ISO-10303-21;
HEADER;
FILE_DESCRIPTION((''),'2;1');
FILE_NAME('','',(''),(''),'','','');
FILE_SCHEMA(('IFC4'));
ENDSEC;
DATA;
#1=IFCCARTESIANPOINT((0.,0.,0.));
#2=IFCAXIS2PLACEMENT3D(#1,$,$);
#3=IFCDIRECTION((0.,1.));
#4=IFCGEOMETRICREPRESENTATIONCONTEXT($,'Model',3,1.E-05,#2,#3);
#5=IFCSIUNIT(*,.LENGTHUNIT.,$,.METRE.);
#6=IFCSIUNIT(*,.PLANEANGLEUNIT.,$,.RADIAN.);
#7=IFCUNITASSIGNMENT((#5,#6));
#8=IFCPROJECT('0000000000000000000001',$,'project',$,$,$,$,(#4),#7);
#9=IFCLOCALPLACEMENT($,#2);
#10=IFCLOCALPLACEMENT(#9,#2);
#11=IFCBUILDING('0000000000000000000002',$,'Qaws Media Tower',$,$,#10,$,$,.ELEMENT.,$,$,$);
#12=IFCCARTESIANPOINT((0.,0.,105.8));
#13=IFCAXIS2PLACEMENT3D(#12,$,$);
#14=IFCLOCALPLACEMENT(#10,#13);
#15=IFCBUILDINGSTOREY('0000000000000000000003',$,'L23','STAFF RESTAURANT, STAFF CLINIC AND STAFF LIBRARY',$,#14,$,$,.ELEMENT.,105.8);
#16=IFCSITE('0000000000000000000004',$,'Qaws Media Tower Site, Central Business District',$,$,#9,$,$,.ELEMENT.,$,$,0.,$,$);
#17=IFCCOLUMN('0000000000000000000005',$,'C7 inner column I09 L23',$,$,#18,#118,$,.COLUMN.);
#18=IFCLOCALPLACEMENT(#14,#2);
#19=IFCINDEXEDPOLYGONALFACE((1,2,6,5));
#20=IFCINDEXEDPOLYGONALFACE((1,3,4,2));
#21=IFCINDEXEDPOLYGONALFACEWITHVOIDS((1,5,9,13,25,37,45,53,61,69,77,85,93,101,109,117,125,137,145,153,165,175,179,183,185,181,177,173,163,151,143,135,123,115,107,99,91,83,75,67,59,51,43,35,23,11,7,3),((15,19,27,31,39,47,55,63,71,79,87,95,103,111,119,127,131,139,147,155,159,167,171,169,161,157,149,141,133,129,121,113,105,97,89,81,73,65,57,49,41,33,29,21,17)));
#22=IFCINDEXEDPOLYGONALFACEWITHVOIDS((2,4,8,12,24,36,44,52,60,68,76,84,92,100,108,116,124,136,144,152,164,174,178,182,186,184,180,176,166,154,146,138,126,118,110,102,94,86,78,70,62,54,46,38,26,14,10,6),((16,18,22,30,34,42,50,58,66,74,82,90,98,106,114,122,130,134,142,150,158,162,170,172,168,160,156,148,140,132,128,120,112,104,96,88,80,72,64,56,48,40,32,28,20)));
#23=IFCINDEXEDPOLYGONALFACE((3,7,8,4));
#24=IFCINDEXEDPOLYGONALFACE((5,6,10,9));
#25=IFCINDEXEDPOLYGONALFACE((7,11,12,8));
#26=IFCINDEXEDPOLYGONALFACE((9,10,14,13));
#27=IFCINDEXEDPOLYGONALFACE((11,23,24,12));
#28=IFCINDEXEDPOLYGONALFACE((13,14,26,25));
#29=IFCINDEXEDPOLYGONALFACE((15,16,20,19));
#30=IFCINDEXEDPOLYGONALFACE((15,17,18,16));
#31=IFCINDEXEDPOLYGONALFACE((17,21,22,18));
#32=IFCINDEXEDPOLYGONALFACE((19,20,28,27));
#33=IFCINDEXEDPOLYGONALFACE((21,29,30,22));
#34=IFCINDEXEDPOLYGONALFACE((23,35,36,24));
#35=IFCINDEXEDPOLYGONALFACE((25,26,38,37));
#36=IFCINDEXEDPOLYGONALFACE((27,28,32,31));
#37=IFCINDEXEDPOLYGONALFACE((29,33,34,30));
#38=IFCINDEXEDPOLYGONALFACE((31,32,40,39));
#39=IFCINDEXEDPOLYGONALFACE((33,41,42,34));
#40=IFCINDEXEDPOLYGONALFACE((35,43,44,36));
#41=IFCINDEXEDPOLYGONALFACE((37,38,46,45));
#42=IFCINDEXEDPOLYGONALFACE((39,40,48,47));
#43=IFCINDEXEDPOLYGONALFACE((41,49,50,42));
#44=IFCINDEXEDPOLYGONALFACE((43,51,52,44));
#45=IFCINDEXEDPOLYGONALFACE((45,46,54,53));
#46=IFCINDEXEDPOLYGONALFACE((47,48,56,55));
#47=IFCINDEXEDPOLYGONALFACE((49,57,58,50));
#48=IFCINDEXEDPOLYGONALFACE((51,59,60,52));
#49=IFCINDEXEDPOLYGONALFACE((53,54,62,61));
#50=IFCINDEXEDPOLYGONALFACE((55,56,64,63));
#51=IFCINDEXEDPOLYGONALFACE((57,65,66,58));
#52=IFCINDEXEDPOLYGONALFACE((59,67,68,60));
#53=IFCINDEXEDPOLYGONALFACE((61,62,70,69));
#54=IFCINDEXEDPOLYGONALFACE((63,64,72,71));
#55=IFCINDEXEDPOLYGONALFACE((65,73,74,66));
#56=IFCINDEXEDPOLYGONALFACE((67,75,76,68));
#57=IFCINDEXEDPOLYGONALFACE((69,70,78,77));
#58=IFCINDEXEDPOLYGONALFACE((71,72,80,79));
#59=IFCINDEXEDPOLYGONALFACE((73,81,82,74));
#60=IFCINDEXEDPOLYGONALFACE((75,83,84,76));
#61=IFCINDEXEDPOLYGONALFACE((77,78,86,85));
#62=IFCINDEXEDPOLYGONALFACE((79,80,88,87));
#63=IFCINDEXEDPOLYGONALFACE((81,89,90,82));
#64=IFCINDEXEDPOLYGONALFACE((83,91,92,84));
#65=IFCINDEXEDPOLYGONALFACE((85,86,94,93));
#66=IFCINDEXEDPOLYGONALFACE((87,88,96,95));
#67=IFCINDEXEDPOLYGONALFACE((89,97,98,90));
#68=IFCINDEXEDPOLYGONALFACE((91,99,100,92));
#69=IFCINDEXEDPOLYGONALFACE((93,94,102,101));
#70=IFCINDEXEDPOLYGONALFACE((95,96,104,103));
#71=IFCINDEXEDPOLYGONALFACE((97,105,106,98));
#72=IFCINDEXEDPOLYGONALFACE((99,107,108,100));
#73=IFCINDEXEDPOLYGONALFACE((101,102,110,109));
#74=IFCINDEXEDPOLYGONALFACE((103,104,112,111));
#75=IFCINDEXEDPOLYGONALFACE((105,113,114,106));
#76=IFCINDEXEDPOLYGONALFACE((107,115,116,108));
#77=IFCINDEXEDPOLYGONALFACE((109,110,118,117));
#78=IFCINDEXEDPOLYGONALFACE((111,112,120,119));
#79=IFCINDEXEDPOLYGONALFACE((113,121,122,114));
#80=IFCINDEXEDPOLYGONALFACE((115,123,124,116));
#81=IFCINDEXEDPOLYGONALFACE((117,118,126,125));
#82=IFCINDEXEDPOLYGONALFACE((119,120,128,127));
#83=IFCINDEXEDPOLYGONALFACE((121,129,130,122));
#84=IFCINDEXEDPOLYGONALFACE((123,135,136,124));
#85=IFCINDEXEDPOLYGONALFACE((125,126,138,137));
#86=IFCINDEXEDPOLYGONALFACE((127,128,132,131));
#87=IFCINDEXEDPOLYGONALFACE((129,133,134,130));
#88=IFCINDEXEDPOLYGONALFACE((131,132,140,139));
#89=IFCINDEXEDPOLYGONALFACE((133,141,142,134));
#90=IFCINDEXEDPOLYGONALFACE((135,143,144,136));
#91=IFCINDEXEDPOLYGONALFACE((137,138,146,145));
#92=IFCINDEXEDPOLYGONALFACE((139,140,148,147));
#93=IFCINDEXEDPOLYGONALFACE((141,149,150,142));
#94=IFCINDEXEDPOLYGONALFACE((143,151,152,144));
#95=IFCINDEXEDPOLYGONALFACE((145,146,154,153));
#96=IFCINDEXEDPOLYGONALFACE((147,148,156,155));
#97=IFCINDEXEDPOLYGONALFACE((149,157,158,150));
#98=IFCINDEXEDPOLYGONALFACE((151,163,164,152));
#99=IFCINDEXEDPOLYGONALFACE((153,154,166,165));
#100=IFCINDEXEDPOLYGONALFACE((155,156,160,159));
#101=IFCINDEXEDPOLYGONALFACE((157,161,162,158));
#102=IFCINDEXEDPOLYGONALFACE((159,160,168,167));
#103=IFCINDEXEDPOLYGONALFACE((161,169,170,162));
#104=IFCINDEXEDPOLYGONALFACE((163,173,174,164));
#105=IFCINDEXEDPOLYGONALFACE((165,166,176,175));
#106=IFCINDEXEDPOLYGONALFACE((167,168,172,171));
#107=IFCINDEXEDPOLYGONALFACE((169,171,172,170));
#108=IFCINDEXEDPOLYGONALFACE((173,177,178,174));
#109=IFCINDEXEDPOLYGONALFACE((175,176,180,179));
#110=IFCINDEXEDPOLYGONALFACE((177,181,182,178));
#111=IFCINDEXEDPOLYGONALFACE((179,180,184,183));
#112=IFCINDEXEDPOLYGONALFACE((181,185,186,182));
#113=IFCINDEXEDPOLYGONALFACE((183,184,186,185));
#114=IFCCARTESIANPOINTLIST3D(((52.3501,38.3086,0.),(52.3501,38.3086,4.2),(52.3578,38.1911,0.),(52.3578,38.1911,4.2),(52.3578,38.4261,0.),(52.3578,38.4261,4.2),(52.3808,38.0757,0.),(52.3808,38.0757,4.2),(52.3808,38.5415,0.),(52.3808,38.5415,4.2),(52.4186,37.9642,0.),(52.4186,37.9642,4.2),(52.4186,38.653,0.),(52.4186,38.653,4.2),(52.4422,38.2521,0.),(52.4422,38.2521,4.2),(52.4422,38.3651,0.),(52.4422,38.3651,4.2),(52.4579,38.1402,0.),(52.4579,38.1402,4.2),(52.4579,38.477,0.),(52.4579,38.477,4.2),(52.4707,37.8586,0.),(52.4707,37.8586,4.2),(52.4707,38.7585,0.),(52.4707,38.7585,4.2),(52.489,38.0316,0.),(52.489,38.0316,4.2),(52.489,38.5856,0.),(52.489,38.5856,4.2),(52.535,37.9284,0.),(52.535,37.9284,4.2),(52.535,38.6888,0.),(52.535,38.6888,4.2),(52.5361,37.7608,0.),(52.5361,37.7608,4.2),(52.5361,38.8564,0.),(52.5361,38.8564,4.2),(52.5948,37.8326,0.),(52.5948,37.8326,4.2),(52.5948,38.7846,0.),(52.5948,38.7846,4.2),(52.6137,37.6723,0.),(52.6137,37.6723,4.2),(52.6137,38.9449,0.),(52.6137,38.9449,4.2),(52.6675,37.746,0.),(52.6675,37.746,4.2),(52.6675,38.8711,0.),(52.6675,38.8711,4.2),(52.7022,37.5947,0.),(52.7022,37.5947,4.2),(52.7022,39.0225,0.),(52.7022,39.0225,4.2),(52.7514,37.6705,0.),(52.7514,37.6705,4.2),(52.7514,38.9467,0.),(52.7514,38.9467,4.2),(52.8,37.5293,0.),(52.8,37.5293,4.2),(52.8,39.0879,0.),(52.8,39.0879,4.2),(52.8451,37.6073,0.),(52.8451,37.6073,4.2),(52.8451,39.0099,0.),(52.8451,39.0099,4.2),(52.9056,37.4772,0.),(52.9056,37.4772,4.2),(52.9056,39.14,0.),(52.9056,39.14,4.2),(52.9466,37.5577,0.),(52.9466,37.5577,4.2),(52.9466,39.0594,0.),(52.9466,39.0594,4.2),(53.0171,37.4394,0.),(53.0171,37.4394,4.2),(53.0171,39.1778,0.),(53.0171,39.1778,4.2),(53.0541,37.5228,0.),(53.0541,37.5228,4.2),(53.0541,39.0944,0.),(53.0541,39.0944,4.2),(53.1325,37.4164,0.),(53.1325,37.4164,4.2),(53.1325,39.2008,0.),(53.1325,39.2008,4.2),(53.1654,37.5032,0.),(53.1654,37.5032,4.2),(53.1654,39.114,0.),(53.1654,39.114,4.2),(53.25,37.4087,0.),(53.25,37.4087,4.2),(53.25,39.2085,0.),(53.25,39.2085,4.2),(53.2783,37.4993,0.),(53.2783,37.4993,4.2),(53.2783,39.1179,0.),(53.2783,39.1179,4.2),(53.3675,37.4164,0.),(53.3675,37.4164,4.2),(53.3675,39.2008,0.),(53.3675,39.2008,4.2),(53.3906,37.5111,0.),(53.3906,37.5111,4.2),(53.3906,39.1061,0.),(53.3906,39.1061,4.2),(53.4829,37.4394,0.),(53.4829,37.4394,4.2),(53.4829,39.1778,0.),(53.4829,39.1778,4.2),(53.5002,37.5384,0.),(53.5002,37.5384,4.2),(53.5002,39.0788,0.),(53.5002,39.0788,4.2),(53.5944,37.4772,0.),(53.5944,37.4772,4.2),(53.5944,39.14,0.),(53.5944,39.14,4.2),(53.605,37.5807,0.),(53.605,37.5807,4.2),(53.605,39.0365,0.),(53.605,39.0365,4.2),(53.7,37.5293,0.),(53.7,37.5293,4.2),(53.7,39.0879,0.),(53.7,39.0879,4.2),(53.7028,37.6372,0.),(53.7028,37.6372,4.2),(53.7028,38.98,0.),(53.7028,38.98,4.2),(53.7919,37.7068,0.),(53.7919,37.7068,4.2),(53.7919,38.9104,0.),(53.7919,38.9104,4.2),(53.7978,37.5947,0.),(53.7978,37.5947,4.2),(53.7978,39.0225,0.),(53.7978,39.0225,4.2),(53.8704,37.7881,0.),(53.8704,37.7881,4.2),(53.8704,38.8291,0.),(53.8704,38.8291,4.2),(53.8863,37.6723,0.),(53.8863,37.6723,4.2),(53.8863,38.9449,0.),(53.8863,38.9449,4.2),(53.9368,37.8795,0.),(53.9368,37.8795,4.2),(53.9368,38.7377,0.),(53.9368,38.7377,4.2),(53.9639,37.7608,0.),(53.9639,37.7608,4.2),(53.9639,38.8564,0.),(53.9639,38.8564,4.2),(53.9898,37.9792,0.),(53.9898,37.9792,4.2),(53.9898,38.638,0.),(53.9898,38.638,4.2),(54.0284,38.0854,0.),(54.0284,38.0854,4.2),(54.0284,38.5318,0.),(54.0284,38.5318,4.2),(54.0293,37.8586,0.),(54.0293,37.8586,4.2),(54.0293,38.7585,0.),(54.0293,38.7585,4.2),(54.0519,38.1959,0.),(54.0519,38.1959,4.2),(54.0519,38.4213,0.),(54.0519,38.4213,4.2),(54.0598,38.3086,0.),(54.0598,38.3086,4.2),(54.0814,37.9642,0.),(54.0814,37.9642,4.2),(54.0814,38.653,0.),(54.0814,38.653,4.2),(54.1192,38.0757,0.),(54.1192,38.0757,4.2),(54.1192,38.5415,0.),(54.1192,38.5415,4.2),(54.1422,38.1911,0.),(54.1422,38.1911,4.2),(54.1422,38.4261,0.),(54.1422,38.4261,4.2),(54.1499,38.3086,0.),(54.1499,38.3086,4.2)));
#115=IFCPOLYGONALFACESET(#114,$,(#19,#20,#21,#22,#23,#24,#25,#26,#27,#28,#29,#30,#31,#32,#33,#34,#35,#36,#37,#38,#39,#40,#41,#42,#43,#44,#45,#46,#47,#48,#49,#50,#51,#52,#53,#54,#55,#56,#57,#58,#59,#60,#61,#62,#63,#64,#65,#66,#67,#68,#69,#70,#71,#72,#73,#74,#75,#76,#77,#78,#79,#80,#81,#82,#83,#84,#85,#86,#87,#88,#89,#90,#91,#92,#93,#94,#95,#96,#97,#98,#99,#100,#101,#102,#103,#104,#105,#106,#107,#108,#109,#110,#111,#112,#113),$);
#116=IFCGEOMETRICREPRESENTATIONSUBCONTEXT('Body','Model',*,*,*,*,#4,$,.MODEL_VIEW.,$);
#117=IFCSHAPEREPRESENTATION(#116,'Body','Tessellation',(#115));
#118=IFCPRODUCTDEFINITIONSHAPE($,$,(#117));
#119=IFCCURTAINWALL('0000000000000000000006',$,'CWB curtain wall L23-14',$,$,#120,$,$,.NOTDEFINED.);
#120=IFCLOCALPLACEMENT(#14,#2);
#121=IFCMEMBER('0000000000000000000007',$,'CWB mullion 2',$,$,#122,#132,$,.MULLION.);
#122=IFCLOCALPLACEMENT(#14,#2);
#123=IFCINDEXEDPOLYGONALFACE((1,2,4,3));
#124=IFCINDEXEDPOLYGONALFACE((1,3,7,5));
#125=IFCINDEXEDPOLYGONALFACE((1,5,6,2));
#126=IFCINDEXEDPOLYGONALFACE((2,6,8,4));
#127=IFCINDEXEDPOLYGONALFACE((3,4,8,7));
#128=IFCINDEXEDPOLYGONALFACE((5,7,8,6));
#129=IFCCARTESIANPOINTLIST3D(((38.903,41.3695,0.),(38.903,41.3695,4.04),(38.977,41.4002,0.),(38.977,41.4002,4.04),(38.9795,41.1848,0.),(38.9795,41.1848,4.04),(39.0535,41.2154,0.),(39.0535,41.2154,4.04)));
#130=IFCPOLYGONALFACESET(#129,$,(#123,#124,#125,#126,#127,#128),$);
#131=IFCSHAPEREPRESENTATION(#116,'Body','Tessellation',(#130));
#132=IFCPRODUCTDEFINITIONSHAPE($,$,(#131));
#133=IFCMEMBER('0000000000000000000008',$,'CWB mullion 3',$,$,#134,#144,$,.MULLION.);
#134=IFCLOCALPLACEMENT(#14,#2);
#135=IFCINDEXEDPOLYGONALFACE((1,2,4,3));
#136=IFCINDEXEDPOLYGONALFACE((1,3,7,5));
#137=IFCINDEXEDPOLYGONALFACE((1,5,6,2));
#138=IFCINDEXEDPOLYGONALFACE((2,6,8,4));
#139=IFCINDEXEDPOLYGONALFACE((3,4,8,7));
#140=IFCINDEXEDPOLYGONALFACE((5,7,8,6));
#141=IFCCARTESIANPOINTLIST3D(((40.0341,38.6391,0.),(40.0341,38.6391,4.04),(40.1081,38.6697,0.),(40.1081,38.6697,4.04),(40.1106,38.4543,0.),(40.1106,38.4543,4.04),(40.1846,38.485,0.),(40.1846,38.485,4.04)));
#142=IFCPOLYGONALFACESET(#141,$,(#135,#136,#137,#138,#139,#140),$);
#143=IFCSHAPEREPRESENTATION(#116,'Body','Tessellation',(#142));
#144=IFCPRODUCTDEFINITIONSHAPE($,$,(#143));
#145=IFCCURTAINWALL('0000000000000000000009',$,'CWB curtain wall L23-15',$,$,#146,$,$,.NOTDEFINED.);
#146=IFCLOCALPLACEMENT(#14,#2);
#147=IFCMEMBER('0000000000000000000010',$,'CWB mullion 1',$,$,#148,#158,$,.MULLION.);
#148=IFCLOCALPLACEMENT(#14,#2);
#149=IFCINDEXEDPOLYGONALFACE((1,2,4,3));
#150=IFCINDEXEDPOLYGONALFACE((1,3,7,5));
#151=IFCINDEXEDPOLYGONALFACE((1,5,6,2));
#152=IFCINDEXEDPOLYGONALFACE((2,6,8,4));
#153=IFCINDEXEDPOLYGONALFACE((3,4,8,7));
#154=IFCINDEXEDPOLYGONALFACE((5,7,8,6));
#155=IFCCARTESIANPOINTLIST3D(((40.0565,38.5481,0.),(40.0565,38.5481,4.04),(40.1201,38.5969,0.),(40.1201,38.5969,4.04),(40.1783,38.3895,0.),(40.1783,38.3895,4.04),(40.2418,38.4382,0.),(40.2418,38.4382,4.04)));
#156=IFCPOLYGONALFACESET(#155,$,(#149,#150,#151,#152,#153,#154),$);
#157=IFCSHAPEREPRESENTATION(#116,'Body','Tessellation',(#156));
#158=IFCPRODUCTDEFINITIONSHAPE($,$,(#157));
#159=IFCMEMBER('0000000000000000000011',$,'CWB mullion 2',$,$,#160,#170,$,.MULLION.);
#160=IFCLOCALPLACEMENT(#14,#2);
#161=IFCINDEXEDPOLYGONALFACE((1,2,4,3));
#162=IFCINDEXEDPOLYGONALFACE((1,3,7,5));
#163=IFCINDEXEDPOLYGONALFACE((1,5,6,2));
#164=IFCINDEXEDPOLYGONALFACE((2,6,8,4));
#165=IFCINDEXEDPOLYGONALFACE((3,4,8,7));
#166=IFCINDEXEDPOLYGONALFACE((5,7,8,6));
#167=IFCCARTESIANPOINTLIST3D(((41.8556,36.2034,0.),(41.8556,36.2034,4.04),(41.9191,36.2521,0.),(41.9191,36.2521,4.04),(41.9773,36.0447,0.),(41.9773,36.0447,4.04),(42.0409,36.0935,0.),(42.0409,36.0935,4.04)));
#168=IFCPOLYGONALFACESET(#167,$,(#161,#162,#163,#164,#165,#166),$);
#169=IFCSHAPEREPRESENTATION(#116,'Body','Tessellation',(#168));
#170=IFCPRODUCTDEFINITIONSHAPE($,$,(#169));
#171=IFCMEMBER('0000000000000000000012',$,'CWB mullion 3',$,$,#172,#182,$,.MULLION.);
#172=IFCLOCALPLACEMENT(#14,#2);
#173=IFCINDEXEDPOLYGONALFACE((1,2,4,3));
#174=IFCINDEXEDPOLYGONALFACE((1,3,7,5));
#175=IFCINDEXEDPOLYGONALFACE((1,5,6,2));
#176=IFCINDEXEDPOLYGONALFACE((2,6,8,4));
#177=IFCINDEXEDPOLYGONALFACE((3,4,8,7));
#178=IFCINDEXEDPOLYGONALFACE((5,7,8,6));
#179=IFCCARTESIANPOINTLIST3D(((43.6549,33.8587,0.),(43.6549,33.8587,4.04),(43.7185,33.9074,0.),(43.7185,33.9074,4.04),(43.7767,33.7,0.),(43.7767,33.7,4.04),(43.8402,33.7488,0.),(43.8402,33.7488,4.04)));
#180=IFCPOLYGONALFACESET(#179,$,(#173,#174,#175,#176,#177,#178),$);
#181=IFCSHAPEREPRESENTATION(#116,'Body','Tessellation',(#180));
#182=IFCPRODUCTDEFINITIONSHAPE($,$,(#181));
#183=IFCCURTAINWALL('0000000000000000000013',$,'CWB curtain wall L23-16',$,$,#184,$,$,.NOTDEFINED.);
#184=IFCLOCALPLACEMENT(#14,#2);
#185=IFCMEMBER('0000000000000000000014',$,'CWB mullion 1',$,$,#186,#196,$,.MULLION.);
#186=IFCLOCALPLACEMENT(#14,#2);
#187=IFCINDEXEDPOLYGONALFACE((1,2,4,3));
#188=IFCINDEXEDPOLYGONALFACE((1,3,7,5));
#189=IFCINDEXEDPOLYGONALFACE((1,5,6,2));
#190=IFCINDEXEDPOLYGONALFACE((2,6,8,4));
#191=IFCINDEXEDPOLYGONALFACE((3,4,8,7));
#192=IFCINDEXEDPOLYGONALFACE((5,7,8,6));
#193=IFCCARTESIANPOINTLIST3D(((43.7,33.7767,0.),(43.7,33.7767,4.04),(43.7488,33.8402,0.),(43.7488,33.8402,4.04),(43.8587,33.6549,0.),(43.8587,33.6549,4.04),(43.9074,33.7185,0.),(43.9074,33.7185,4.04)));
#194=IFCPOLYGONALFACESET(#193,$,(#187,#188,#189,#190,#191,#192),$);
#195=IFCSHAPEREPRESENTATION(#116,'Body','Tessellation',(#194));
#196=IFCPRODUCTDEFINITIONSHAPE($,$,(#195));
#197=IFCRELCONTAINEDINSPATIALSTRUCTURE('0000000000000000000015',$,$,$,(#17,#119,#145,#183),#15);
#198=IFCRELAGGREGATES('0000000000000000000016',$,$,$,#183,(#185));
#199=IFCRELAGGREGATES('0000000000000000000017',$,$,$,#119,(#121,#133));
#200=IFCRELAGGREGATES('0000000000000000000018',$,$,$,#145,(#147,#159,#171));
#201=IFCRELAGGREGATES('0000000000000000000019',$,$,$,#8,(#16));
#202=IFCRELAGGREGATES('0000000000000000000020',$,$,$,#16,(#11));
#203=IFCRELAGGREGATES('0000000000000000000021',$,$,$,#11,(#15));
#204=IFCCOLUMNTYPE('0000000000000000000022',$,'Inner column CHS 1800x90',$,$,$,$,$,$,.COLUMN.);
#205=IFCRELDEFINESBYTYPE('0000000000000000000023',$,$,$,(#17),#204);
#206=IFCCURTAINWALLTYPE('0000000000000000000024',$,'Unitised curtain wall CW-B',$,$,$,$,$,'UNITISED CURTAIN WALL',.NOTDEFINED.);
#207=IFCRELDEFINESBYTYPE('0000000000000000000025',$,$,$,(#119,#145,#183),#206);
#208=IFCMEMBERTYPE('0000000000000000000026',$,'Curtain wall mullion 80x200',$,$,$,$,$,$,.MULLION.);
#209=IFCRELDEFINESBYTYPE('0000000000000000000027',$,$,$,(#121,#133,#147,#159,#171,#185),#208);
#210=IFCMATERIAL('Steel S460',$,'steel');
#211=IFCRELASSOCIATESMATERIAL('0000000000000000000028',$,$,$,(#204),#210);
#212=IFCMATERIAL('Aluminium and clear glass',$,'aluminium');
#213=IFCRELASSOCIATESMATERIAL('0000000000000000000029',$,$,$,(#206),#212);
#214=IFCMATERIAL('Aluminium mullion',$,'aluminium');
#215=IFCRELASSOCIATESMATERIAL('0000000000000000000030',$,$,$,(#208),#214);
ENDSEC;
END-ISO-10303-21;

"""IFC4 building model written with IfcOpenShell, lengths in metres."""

from ifc_helpers import new_model, si_unit, direction, frame, origin, origin_2d, place, context, subcontext, project, spatial, rectangle, hollow_circle, extrude, material, material_profile, profile_set, type_object, element, aggregate, save


model = new_model("IFC4")

# Units and contexts
model_context = context("Model", 3, precision=1e-05, world=origin(), true_north=direction((0.0, 1.0)))
body_context = subcontext(model_context, "Body", "Model", "MODEL_VIEW")
ifc_project = project(units=[si_unit("LENGTHUNIT", "METRE"), si_unit("PLANEANGLEUNIT", "RADIAN")], contexts=[model_context])

# Site, building, storey
site_placement = place(None, origin())
site = spatial("IfcSite", under=ifc_project, at=site_placement, Name="Qaws Media Tower Site, Central Business District", CompositionType="ELEMENT", RefElevation=0.0)
building_placement = place(site_placement, origin())
building = spatial("IfcBuilding", under=site, at=building_placement, Name="Qaws Media Tower", CompositionType="ELEMENT")
storey_placement = place(building_placement, frame((0.0, 0.0, 105.8)))
storey = spatial("IfcBuildingStorey", under=building, at=storey_placement, Name="L23", Description="STAFF RESTAURANT, STAFF CLINIC AND STAFF LIBRARY", CompositionType="ELEMENT", Elevation=105.8)

# Column
ifc_material_1 = material(Name="Steel S460", Category="steel")
ifc_material_profile_1 = material_profile(ifc_material_1, hollow_circle(Radius=0.8999, WallThickness=0.0901, at=origin_2d()), Name="CHS 1800x90")
ifc_profile_set_1 = profile_set([ifc_material_profile_1], Name="Steel S460")
column_type = type_object("IfcColumnType", Name="Inner column CHS 1800x90", PredefinedType="COLUMN", material=ifc_profile_set_1)
for number, where, z_axis, x_axis, name in (
    (1, (53.25, 38.3086, 0.0), (0.0, 0.0, 1.0), (1.0, 0.0, 0.0), "C7 inner column I09 L23"),
):
    element("IfcColumn", number, at=place(storey_placement, frame(where, z_axis=z_axis, x_axis=x_axis)), inside=storey, type_object=column_type, Name=name, PredefinedType="COLUMN", context=body_context, shape_type="SweptSolid", body=[
        extrude(hollow_circle(Radius=0.8999, WallThickness=0.0901, at=origin_2d()), origin(), (0.0, 0.0, 1.0), 4.2),
    ])

# Curtain walls, members
ifc_material_2 = material(Name="Aluminium and clear glass", Category="aluminium")
curtain_wall_type = type_object("IfcCurtainWallType", Name="Unitised curtain wall CW-B", ElementType="UNITISED CURTAIN WALL", PredefinedType="NOTDEFINED", material=ifc_material_2)
curtain_wall_1_placement = place(storey_placement, origin())
curtain_wall_1 = element("IfcCurtainWall", 2, at=curtain_wall_1_placement, inside=storey, type_object=curtain_wall_type, Name="CWB curtain wall L23-14", PredefinedType="NOTDEFINED")
ifc_material_3 = material(Name="Aluminium mullion", Category="aluminium")
ifc_material_profile_2 = material_profile(ifc_material_3, rectangle(XDim=0.0801, YDim=0.2, at=origin_2d()), Name="80x200")
ifc_profile_set_2 = profile_set([ifc_material_profile_2], Name="Aluminium mullion")
member_type_1 = type_object("IfcMemberType", Name="Curtain wall mullion 80x200", PredefinedType="MULLION", material=ifc_profile_set_2)
member_1_placement = place(storey_placement, frame((38.9783, 41.2925, 0.0), z_axis=(0.0, 0.0, 1.0), x_axis=(0.92388, 0.382683, 0.0)))
member_1 = element("IfcMember", 3, at=member_1_placement, type_object=member_type_1, Name="CWB mullion 2", PredefinedType="MULLION", context=body_context, shape_type="SweptSolid", body=[
    extrude(rectangle(XDim=0.0801, YDim=0.2, at=origin_2d()), origin(), (0.0, 0.0, 1.0), 4.04),
])
member_2_placement = place(storey_placement, frame((40.1094, 38.562, 0.0), z_axis=(0.0, 0.0, 1.0), x_axis=(0.92388, 0.382683, 0.0)))
member_2 = element("IfcMember", 4, at=member_2_placement, type_object=member_type_1, Name="CWB mullion 3", PredefinedType="MULLION", context=body_context, shape_type="SweptSolid", body=[
    extrude(rectangle(XDim=0.0801, YDim=0.2, at=origin_2d()), origin(), (0.0, 0.0, 1.0), 4.04),
])
curtain_wall_2_placement = place(storey_placement, origin())
curtain_wall_2 = element("IfcCurtainWall", 5, at=curtain_wall_2_placement, inside=storey, type_object=curtain_wall_type, Name="CWB curtain wall L23-15", PredefinedType="NOTDEFINED")
member_3_placement = place(storey_placement, frame((40.1492, 38.4932, 0.0), z_axis=(0.0, 0.0, 1.0), x_axis=(0.793353, 0.608761, 0.0)))
member_3 = element("IfcMember", 6, at=member_3_placement, type_object=member_type_1, Name="CWB mullion 1", PredefinedType="MULLION", context=body_context, shape_type="SweptSolid", body=[
    extrude(rectangle(XDim=0.0801, YDim=0.2, at=origin_2d()), origin(), (0.0, 0.0, 1.0), 4.04),
])
member_4_placement = place(storey_placement, frame((41.9482, 36.1484, 0.0), z_axis=(0.0, 0.0, 1.0), x_axis=(0.793353, 0.608761, 0.0)))
member_4 = element("IfcMember", 7, at=member_4_placement, type_object=member_type_1, Name="CWB mullion 2", PredefinedType="MULLION", context=body_context, shape_type="SweptSolid", body=[
    extrude(rectangle(XDim=0.0801, YDim=0.2, at=origin_2d()), origin(), (0.0, 0.0, 1.0), 4.04),
])
member_5_placement = place(storey_placement, frame((43.7476, 33.8037, 0.0), z_axis=(0.0, 0.0, 1.0), x_axis=(0.793353, 0.608761, 0.0)))
member_5 = element("IfcMember", 8, at=member_5_placement, type_object=member_type_1, Name="CWB mullion 3", PredefinedType="MULLION", context=body_context, shape_type="SweptSolid", body=[
    extrude(rectangle(XDim=0.0801, YDim=0.2, at=origin_2d()), origin(), (0.0, 0.0, 1.0), 4.04),
])

# Curtain wall, member
curtain_wall_3_placement = place(storey_placement, origin())
curtain_wall_3 = element("IfcCurtainWall", 9, at=curtain_wall_3_placement, inside=storey, type_object=curtain_wall_type, Name="CWB curtain wall L23-16", PredefinedType="NOTDEFINED")
member_6_placement = place(storey_placement, frame((43.8037, 33.7476, 0.0), z_axis=(0.0, 0.0, 1.0), x_axis=(0.608761, 0.793353, 0.0)))
member_6 = element("IfcMember", 10, at=member_6_placement, type_object=member_type_1, Name="CWB mullion 1", PredefinedType="MULLION", context=body_context, shape_type="SweptSolid", body=[
    extrude(rectangle(XDim=0.0801, YDim=0.2, at=origin_2d()), origin(), (0.0, 0.0, 1.0), 4.04),
])

aggregate(curtain_wall_3, [member_6])

aggregate(curtain_wall_1, [member_1, member_2])
aggregate(curtain_wall_2, [member_3, member_4, member_5])

save(model, "model.ifc")
